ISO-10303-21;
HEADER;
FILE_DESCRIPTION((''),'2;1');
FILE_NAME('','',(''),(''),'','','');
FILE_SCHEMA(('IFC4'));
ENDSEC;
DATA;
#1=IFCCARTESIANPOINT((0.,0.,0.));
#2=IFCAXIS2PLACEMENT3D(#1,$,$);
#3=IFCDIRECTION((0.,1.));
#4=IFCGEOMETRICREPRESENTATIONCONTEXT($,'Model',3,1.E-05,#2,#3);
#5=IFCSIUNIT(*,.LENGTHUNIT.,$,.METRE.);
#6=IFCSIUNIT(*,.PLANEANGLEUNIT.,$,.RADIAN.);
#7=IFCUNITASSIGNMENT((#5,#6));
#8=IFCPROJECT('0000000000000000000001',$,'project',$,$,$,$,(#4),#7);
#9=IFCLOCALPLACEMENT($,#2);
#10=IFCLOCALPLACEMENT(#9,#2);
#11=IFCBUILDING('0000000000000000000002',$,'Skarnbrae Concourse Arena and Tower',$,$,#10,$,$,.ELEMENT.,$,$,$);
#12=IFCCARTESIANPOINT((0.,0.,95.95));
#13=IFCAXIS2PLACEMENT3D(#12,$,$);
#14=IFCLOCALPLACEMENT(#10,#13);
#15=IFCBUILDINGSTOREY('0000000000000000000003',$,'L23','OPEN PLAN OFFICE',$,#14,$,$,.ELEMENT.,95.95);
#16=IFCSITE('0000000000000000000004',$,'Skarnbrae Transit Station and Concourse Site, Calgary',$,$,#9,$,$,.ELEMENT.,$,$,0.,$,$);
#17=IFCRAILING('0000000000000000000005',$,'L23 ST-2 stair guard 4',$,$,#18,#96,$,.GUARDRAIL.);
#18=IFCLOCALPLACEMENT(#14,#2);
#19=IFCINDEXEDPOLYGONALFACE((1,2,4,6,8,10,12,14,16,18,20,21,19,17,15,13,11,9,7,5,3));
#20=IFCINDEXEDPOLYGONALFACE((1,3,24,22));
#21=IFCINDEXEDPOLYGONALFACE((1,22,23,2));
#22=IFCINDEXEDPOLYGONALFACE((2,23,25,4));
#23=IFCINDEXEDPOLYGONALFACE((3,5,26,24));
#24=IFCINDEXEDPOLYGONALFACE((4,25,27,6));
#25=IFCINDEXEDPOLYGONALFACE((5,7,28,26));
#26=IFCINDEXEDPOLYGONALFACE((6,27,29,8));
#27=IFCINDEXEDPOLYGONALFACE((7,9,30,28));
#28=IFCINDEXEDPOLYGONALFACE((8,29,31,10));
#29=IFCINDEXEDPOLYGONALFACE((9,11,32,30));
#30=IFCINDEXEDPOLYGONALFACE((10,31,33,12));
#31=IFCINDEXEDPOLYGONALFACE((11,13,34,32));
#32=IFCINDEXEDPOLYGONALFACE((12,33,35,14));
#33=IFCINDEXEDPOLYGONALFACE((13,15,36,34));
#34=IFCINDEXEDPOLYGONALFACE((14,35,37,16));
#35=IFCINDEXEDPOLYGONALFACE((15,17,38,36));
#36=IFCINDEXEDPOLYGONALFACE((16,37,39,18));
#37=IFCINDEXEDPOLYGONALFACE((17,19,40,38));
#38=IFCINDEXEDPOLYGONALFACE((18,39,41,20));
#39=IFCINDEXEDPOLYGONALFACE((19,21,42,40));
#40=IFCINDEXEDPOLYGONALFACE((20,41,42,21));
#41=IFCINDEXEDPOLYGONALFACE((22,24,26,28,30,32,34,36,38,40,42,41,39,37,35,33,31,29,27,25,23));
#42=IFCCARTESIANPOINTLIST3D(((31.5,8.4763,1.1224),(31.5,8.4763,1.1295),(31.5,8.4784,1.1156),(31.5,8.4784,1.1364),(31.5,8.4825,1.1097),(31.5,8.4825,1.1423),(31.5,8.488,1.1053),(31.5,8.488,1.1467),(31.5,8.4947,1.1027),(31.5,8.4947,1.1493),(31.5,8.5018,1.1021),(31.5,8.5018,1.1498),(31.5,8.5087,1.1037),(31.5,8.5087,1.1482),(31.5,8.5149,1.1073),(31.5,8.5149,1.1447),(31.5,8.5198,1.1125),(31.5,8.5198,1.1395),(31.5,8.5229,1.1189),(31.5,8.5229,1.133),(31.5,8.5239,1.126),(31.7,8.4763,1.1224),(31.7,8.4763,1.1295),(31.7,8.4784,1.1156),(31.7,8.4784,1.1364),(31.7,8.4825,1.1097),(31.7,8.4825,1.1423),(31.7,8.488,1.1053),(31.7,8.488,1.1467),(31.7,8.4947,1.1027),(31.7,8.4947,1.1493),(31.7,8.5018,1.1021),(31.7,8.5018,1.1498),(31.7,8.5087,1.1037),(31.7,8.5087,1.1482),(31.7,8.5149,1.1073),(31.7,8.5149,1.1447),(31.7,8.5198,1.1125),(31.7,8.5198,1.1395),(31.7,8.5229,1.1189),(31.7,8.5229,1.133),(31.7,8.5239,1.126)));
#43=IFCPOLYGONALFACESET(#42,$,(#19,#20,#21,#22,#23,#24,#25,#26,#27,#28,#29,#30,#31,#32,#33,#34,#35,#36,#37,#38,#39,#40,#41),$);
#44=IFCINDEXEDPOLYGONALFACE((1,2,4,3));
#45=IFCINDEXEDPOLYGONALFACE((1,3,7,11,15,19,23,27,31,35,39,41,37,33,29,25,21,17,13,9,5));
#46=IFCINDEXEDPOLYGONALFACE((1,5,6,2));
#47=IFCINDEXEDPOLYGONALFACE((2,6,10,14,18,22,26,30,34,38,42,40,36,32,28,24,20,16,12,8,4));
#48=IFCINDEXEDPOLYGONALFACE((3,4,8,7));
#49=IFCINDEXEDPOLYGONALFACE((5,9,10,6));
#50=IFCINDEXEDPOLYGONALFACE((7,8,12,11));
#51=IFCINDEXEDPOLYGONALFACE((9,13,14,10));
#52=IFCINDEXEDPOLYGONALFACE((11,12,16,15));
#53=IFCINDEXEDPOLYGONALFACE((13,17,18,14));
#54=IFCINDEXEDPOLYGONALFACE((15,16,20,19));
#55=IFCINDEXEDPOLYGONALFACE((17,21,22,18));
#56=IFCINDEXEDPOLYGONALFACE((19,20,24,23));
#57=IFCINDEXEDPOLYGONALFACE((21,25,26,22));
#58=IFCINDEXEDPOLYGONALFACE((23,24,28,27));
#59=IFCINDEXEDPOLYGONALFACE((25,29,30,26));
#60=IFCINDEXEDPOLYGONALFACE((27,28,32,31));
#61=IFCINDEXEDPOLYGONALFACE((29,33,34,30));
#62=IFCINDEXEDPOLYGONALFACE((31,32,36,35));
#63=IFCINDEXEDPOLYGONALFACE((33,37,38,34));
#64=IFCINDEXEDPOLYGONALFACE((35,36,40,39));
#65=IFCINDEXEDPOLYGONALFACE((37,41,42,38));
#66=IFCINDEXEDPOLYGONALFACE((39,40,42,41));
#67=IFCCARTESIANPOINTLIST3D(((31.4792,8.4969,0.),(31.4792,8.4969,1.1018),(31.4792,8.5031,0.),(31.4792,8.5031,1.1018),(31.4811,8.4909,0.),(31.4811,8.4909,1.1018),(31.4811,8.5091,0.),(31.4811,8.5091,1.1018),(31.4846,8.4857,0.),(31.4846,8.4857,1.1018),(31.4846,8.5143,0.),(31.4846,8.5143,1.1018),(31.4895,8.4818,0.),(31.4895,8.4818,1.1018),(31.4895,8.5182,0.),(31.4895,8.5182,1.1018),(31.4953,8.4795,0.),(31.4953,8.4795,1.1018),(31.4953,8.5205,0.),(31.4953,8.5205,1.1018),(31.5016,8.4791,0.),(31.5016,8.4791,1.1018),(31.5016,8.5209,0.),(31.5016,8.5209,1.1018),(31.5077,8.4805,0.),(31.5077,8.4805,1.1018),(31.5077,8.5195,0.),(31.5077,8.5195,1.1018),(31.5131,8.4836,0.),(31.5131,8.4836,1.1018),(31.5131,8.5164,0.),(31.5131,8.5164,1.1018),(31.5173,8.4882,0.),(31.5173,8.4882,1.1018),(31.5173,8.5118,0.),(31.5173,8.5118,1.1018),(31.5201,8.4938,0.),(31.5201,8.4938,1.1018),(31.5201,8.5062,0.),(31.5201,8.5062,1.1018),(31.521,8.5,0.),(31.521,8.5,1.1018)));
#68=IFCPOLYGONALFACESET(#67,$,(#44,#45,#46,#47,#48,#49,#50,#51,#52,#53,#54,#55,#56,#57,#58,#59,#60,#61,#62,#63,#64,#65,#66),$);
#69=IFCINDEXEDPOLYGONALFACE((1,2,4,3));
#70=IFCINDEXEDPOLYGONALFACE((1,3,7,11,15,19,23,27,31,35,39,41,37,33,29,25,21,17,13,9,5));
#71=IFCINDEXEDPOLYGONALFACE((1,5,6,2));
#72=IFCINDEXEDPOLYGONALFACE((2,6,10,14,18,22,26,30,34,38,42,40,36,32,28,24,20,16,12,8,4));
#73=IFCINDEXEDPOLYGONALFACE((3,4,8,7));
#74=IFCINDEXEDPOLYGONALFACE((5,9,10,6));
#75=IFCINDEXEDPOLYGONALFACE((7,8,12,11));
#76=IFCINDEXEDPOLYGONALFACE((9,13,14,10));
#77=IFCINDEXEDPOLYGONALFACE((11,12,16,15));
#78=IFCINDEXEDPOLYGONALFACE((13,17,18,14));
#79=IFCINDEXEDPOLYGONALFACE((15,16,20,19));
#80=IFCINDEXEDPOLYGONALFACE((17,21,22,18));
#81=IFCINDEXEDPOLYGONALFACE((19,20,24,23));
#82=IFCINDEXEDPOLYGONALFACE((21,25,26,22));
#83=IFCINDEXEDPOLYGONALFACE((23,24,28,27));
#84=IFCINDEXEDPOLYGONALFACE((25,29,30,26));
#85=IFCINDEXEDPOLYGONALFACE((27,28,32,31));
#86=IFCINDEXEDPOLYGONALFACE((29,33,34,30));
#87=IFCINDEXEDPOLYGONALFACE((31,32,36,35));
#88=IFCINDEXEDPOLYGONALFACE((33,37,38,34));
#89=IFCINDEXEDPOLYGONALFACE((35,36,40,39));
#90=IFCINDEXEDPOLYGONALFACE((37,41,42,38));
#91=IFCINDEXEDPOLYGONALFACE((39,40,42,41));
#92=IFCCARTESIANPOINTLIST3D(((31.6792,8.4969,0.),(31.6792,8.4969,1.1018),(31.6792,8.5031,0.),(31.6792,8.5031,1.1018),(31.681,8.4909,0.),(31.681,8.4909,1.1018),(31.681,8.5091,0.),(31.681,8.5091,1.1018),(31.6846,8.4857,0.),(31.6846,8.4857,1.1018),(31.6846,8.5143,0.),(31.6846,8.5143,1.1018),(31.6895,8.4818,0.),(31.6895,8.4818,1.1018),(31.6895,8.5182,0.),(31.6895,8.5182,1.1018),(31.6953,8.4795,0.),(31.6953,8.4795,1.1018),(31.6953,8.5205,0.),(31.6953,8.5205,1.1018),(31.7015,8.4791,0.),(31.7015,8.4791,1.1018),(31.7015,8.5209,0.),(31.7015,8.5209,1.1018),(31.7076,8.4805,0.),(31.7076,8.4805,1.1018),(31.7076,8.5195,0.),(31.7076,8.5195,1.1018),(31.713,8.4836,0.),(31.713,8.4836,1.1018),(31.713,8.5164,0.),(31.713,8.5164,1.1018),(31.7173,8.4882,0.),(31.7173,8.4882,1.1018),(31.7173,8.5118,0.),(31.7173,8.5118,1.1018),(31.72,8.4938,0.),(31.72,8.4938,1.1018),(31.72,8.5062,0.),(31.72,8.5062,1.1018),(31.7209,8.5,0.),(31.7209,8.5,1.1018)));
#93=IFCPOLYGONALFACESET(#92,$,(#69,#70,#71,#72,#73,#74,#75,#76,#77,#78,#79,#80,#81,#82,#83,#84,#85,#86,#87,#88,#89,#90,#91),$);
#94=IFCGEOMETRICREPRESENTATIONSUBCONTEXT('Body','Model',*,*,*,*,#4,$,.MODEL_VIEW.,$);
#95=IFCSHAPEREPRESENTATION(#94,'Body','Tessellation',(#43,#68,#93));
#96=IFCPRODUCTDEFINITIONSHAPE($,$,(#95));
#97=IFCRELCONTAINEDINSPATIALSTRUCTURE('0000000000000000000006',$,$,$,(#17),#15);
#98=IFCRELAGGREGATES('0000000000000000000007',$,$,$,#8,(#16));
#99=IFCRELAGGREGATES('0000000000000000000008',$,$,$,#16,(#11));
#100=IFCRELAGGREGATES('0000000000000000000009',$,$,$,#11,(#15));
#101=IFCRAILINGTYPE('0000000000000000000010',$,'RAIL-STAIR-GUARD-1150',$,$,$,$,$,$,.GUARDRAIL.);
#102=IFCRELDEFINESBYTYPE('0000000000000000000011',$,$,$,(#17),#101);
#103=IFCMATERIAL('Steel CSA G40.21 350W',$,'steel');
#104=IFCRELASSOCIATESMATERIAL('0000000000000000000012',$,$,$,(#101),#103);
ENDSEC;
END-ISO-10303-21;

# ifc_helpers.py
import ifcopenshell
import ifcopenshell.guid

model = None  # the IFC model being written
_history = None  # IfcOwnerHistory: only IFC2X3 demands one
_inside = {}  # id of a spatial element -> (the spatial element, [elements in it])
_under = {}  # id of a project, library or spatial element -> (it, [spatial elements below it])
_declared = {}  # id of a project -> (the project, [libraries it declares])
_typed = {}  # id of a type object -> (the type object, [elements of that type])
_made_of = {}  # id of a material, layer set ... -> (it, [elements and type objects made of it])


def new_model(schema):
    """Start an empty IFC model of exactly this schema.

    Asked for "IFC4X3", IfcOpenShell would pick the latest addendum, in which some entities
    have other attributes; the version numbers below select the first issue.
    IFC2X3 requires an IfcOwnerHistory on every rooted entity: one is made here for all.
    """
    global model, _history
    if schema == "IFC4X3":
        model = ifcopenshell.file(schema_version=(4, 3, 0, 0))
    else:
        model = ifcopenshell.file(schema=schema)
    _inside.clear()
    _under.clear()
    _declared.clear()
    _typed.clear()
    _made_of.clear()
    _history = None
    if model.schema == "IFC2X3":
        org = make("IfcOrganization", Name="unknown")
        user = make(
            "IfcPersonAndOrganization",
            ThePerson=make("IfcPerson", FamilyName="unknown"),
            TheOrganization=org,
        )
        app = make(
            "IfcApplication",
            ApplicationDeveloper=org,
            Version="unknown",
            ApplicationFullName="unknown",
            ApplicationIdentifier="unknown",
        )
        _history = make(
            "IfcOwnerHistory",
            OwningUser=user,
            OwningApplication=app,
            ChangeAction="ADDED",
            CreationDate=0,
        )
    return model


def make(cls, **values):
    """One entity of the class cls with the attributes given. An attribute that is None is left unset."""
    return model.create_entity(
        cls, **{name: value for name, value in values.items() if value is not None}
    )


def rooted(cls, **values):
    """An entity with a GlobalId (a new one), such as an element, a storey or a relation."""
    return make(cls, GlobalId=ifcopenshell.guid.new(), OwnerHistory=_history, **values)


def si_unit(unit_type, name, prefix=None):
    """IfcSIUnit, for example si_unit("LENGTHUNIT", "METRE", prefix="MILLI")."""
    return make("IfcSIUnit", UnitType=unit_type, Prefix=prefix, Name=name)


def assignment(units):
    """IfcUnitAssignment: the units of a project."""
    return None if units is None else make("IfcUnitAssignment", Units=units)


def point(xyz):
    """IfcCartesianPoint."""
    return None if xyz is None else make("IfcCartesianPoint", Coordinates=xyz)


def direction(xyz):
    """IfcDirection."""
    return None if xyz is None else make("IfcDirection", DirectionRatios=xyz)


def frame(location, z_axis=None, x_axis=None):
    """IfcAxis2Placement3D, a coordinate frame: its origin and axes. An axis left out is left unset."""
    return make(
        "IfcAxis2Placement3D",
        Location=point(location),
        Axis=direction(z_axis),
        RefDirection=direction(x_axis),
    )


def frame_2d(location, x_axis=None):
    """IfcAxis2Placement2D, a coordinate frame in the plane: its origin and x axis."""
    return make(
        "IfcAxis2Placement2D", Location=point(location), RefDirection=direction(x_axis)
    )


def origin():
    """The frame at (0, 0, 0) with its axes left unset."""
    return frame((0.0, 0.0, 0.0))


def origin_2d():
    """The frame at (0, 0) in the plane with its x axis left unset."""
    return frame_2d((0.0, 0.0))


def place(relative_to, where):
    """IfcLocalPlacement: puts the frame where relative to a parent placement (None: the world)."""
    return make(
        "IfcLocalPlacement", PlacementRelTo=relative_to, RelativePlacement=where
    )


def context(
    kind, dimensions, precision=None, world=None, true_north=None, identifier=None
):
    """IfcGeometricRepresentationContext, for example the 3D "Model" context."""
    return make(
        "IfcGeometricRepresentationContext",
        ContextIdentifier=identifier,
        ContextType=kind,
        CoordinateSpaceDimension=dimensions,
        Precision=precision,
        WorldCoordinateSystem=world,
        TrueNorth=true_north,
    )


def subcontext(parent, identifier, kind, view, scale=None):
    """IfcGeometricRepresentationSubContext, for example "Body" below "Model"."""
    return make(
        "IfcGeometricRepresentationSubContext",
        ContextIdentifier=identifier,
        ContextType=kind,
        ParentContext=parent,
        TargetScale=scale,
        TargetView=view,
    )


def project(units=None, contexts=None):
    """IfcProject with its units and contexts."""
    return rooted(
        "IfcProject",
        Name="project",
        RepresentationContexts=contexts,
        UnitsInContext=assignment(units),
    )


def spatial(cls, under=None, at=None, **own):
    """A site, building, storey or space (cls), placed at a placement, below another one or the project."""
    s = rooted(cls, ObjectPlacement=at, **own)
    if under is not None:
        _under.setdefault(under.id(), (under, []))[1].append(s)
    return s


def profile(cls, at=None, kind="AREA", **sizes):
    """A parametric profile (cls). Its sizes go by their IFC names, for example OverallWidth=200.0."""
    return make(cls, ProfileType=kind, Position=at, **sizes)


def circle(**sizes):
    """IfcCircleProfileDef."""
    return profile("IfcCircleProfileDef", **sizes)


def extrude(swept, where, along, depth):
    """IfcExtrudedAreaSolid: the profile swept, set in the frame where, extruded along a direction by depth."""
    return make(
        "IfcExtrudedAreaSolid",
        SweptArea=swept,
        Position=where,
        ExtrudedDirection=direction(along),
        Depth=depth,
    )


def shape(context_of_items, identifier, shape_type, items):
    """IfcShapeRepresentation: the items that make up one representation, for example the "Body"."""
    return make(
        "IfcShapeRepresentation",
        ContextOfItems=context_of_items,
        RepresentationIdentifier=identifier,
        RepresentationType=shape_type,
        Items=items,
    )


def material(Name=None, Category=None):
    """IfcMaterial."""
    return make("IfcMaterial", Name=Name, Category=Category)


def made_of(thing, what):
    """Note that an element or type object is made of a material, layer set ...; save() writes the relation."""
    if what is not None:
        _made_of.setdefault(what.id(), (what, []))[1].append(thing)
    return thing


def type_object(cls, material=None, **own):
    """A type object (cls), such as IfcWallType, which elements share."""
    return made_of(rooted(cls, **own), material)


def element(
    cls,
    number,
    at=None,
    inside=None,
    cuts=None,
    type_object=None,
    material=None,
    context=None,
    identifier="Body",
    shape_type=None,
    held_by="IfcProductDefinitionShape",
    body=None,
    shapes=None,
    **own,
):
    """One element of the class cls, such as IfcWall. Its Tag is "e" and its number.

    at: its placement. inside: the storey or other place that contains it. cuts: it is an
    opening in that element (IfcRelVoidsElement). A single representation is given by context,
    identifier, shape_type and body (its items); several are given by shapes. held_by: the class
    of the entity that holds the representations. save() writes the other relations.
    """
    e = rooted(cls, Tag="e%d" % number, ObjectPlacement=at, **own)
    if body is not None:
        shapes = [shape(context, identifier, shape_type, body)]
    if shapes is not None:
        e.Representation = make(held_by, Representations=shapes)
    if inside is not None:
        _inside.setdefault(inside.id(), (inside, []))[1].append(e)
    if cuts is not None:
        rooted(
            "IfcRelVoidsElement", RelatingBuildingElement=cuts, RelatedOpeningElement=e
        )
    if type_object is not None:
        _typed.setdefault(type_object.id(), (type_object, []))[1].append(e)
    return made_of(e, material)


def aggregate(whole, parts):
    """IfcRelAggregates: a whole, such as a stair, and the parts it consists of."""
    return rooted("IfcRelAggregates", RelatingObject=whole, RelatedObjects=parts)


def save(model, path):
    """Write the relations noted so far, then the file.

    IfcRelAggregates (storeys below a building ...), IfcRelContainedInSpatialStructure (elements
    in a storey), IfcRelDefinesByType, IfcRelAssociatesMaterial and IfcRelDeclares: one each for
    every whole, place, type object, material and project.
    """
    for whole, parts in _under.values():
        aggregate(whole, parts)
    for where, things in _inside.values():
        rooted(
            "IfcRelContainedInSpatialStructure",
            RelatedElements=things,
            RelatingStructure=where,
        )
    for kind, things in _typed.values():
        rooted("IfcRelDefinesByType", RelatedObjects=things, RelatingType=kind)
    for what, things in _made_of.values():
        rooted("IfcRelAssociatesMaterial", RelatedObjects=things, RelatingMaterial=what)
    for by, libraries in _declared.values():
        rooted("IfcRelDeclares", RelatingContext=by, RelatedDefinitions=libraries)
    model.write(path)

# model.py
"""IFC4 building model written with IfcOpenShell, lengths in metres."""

from ifc_helpers import new_model, si_unit, direction, frame, origin, origin_2d, place, context, subcontext, project, spatial, circle, extrude, material, type_object, element, save


model = new_model("IFC4")

# Units and contexts
model_context = context("Model", 3, precision=1e-05, world=origin(), true_north=direction((0.0, 1.0)))
body_context = subcontext(model_context, "Body", "Model", "MODEL_VIEW")
ifc_project = project(units=[si_unit("LENGTHUNIT", "METRE"), si_unit("PLANEANGLEUNIT", "RADIAN")], contexts=[model_context])

# Site, building, storey
site_placement = place(None, origin())
site = spatial("IfcSite", under=ifc_project, at=site_placement, Name="Skarnbrae Transit Station and Concourse Site, Calgary", CompositionType="ELEMENT", RefElevation=0.0)
building_placement = place(site_placement, origin())
building = spatial("IfcBuilding", under=site, at=building_placement, Name="Skarnbrae Concourse Arena and Tower", CompositionType="ELEMENT")
storey_placement = place(building_placement, frame((0.0, 0.0, 95.95)))
storey = spatial("IfcBuildingStorey", under=building, at=storey_placement, Name="L23", Description="OPEN PLAN OFFICE", CompositionType="ELEMENT", Elevation=95.95)

# Shared definitions
ifc_material_1 = material(Name="Steel CSA G40.21 350W", Category="steel")

# Railing
railing_type_1 = type_object("IfcRailingType", Name="RAIL-STAIR-GUARD-1150", PredefinedType="GUARDRAIL", material=ifc_material_1)
railing_1_placement = place(storey_placement, frame((31.5, 8.5, 0.0)))
element("IfcRailing", 1, at=railing_1_placement, inside=storey, type_object=railing_type_1, Name="L23 ST-2 stair guard 4", PredefinedType="GUARDRAIL", context=body_context, shape_type="SweptSolid", body=[
    extrude(circle(Radius=0.0239, at=origin_2d()), frame((0.0, 0.0, 1.126), z_axis=(1.0, 0.0, 0.0), x_axis=(0.0, 1.0, 0.0)), (0.0, 0.0, 1.0), 0.2),
    extrude(circle(Radius=0.021, at=origin_2d()), origin(), (0.0, 0.0, 1.0), 1.1018),
    extrude(circle(Radius=0.021, at=origin_2d()), frame((0.2, 0.0, 0.0)), (0.0, 0.0, 1.0), 1.1018),
])

save(model, "model.ifc")
